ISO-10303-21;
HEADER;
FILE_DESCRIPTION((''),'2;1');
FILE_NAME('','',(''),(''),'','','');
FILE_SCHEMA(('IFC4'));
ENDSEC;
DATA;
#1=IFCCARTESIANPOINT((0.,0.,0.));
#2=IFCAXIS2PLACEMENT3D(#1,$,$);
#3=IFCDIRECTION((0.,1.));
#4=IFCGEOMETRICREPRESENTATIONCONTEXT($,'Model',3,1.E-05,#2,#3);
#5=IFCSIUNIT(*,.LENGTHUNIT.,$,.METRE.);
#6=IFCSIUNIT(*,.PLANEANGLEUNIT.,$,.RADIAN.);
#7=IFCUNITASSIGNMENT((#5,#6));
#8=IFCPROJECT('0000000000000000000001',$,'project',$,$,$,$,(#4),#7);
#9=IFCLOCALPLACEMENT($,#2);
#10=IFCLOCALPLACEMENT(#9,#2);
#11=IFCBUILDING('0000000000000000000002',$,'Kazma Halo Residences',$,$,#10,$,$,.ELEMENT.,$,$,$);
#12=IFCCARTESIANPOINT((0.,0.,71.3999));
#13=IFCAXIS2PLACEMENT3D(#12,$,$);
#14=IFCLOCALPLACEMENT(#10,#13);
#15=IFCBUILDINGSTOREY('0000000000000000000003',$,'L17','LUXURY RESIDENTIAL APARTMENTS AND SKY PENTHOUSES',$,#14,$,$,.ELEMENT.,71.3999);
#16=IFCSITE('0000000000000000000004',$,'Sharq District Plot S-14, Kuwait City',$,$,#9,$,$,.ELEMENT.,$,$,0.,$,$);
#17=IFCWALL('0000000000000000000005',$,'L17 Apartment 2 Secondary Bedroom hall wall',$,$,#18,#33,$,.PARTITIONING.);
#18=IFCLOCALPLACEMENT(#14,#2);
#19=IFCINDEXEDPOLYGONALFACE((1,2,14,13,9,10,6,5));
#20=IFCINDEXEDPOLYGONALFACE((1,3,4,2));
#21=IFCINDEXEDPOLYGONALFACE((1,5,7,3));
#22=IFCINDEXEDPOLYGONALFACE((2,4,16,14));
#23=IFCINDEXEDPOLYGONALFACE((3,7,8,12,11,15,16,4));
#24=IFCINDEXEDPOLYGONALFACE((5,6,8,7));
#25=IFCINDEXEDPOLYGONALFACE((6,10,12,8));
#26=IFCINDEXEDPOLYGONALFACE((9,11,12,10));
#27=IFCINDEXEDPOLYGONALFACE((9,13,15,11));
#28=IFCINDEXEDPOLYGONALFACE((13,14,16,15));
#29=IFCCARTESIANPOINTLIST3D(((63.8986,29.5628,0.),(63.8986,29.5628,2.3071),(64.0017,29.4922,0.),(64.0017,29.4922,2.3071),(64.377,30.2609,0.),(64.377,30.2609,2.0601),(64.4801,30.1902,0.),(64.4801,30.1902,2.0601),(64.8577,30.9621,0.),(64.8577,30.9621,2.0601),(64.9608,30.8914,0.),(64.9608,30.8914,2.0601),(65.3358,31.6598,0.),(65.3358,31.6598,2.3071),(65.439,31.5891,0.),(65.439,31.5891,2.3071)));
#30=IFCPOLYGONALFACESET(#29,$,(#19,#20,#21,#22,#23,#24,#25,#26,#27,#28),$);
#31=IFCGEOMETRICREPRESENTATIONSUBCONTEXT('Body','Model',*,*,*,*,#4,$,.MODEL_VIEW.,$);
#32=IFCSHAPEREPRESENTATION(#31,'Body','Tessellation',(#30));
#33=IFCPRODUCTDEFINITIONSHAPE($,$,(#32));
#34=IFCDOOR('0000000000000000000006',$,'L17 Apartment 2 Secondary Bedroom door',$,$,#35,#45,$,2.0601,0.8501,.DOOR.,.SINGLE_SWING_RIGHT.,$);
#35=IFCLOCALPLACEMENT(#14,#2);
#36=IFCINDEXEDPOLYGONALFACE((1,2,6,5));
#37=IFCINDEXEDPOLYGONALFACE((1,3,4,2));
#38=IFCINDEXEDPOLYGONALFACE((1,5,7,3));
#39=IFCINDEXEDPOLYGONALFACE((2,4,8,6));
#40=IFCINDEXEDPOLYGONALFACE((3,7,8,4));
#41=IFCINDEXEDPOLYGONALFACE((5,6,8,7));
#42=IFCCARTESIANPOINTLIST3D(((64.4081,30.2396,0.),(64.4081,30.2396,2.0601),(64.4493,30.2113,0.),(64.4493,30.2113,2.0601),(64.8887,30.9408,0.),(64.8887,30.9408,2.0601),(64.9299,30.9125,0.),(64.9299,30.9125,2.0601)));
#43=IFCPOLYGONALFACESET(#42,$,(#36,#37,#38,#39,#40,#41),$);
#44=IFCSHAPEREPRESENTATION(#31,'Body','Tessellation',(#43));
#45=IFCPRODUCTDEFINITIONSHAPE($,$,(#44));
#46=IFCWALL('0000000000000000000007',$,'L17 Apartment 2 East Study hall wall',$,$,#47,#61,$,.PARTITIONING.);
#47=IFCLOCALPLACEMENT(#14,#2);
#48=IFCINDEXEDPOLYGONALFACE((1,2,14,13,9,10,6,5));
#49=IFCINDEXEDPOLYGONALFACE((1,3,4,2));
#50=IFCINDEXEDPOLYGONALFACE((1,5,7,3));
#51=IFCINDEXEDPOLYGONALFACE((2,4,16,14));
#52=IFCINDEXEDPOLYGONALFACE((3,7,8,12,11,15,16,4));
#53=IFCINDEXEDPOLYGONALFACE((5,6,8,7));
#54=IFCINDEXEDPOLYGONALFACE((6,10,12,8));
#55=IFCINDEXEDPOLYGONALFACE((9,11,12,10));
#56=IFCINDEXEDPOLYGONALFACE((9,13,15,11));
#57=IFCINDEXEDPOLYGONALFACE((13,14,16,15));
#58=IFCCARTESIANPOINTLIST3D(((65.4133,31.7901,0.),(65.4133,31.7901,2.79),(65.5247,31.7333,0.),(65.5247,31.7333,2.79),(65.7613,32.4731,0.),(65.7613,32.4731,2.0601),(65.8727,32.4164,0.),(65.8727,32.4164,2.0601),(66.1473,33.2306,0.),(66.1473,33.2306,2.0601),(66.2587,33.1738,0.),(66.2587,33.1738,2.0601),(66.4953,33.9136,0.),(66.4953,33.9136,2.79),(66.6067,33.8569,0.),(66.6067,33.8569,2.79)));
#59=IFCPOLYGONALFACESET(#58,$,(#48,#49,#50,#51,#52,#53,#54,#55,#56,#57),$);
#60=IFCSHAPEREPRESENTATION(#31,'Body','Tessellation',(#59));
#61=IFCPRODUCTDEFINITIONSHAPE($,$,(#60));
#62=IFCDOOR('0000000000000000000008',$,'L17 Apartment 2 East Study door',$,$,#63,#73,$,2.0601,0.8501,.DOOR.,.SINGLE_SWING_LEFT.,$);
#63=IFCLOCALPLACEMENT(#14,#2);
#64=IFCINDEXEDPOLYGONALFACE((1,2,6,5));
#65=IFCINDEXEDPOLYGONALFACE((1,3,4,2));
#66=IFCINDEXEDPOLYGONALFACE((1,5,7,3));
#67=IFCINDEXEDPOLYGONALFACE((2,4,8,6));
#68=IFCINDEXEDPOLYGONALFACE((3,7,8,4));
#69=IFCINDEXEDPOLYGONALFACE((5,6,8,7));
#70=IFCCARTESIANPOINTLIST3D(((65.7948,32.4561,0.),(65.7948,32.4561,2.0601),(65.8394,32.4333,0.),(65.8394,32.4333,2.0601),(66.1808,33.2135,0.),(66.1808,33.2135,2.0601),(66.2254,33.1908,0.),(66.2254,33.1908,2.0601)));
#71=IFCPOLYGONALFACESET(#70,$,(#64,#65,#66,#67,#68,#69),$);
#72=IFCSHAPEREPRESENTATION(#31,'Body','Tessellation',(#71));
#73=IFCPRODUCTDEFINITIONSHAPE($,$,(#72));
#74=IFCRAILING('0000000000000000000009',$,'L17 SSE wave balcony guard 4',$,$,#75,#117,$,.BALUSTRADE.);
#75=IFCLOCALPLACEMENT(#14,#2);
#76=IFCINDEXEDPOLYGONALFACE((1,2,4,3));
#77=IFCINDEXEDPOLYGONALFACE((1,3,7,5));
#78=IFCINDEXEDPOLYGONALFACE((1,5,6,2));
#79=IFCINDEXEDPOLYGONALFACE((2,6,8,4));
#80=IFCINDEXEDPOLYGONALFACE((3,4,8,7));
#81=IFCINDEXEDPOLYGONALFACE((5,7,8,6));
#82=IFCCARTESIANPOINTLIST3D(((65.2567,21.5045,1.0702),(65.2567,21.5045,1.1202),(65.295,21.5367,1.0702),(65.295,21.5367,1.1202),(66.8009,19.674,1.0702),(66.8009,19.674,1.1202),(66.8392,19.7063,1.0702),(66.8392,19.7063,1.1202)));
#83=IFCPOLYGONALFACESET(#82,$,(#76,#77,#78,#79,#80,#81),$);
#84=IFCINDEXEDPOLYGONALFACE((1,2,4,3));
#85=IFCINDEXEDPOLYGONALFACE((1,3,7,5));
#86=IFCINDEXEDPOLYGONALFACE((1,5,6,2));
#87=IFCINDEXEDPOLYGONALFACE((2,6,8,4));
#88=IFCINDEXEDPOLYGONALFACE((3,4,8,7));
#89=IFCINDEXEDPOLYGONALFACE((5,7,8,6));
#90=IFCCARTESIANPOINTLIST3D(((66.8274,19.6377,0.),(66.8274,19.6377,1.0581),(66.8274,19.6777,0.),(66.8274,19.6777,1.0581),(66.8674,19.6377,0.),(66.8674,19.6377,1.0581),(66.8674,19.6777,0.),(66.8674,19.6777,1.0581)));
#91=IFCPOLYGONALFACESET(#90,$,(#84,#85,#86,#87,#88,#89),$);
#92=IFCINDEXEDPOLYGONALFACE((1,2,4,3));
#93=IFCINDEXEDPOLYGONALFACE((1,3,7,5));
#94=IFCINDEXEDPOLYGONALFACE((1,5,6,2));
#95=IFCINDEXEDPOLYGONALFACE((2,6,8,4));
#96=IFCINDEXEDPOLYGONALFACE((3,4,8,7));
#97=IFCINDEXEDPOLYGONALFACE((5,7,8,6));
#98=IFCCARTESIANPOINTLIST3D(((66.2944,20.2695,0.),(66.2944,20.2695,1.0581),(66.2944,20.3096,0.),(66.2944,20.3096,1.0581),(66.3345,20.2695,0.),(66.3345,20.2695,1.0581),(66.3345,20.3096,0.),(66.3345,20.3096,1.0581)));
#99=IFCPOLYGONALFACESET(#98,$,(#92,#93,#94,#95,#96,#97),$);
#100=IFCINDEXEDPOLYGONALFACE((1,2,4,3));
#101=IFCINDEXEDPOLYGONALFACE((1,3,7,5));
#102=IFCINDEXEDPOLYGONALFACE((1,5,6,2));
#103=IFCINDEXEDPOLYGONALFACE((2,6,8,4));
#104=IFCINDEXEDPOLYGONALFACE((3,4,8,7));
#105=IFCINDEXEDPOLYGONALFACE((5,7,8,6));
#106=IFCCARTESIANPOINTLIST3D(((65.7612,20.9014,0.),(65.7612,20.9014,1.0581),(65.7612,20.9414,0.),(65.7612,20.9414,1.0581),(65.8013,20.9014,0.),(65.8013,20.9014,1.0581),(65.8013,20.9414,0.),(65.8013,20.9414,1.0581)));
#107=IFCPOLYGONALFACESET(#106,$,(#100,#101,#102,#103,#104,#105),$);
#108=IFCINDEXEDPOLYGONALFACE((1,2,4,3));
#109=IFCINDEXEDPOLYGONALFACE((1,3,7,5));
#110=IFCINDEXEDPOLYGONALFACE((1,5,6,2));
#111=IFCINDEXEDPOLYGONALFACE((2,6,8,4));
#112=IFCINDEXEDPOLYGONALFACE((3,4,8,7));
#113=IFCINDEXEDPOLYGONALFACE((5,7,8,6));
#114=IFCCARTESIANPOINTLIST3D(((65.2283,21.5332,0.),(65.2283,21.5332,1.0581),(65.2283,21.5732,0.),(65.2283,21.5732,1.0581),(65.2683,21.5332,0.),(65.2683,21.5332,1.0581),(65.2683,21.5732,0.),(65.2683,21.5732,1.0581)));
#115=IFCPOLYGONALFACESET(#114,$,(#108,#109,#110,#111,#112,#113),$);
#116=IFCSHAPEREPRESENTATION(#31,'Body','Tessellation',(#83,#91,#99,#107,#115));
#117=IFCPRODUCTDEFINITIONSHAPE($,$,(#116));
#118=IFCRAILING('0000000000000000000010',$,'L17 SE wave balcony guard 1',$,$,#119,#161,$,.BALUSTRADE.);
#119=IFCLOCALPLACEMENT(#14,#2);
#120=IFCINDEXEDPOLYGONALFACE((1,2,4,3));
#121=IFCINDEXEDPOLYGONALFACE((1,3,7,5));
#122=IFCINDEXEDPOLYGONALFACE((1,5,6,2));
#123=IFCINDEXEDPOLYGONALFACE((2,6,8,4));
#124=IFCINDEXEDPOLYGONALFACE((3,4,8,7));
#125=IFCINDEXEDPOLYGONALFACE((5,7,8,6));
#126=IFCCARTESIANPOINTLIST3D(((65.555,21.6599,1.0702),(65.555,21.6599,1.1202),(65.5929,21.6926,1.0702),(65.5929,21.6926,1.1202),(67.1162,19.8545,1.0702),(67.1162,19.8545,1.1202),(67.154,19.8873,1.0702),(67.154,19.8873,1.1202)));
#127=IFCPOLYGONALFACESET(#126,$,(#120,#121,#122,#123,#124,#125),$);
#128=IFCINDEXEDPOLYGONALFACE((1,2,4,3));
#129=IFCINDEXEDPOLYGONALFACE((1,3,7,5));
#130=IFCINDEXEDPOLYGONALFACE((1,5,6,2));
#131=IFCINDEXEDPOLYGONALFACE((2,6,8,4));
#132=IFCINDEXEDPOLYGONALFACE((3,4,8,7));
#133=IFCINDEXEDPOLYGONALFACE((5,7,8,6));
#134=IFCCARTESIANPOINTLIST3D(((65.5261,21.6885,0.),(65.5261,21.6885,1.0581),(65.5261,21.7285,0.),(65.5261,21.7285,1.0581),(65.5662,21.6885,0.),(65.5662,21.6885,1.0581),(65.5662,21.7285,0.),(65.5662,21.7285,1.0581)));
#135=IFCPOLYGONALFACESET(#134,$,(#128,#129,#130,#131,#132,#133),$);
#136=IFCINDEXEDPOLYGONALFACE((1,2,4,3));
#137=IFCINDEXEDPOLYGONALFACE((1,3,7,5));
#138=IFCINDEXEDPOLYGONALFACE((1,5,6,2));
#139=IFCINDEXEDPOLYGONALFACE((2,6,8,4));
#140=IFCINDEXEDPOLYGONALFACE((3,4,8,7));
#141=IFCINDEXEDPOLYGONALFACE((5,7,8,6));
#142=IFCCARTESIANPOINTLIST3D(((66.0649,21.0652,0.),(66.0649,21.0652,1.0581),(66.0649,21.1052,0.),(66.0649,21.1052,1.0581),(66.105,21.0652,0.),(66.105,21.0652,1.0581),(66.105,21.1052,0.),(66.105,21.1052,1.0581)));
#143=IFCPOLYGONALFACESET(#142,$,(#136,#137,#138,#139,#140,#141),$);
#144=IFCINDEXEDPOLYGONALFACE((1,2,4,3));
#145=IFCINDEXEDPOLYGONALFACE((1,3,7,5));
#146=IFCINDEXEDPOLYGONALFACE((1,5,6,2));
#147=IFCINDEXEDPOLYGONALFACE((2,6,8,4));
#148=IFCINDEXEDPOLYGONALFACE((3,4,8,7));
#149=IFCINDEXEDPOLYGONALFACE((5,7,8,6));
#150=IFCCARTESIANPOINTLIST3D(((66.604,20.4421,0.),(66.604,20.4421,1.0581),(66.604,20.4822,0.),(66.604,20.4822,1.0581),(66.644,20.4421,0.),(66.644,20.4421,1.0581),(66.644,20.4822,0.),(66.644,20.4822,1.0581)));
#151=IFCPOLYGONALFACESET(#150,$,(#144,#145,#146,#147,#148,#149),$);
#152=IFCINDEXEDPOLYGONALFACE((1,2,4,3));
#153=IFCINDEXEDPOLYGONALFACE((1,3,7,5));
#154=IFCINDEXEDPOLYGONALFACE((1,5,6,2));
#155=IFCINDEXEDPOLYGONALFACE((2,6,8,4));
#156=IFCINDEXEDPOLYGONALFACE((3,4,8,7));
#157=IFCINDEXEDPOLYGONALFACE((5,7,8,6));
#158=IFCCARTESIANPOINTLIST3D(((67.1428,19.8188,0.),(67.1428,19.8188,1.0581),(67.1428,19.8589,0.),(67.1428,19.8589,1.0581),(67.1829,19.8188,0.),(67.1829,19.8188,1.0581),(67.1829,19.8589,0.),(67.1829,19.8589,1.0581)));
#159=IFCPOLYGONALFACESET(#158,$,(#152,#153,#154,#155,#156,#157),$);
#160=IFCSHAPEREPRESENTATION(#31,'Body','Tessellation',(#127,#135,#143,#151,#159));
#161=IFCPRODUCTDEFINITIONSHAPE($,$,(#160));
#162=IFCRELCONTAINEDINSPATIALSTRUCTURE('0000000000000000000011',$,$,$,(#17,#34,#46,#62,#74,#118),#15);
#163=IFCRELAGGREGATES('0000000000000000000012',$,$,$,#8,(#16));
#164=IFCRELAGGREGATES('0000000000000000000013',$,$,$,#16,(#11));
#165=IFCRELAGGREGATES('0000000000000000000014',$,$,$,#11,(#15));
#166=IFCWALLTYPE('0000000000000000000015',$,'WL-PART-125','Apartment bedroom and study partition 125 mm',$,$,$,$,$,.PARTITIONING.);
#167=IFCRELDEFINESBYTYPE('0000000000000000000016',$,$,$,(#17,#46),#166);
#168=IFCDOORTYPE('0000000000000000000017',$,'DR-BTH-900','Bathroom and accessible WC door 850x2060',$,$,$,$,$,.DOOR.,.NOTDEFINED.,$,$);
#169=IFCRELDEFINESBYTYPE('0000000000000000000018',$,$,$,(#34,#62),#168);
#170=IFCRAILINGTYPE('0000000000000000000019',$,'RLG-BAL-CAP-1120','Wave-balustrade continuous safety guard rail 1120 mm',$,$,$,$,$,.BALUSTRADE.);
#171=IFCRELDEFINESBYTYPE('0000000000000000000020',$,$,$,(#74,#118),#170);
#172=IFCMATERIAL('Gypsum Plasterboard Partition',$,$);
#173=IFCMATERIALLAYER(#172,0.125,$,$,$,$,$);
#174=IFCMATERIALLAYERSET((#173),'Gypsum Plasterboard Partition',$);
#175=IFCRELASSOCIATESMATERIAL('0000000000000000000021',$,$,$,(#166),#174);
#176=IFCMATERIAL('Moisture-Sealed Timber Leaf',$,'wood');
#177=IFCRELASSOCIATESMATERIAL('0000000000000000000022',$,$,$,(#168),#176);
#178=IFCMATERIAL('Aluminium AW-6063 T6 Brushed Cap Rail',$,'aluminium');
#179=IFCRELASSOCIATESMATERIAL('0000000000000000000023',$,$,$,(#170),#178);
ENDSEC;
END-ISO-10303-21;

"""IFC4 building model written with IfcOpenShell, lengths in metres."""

from ifc_helpers import new_model, si_unit, direction, frame, frame_2d, origin, origin_2d, place, context, subcontext, project, spatial, rectangle, extrude, material, layer, layer_set, type_object, element, fill, save


model = new_model("IFC4")

# Units and contexts
model_context = context("Model", 3, precision=1e-05, world=origin(), true_north=direction((0.0, 1.0)))
body_context = subcontext(model_context, "Body", "Model", "MODEL_VIEW")
ifc_project = project(units=[si_unit("LENGTHUNIT", "METRE"), si_unit("PLANEANGLEUNIT", "RADIAN")], contexts=[model_context])

# Site, building, storey
site_placement = place(None, origin())
site = spatial("IfcSite", under=ifc_project, at=site_placement, Name="Sharq District Plot S-14, Kuwait City", CompositionType="ELEMENT", RefElevation=0.0)
building_placement = place(site_placement, origin())
building = spatial("IfcBuilding", under=site, at=building_placement, Name="Kazma Halo Residences", CompositionType="ELEMENT")
storey_placement = place(building_placement, frame((0.0, 0.0, 71.3999)))
storey = spatial("IfcBuildingStorey", under=building, at=storey_placement, Name="L17", Description="LUXURY RESIDENTIAL APARTMENTS AND SKY PENTHOUSES", CompositionType="ELEMENT", Elevation=71.3999)

# Shared definitions
ifc_material_1 = material(Name="Gypsum Plasterboard Partition")
ifc_layer_1 = layer(ifc_material_1, 0.125)
ifc_layer_set_1 = layer_set([ifc_layer_1], Name="Gypsum Plasterboard Partition")
wall_type_1 = type_object("IfcWallType", Name="WL-PART-125", Description="Apartment bedroom and study partition 125 mm", PredefinedType="PARTITIONING", material=ifc_layer_set_1)

# Walls, openings, doors
wall_1_placement = place(storey_placement, frame((63.9502, 29.5276, 0.0), z_axis=(0.0, 0.0, 1.0), x_axis=(0.565359, 0.824845, 0.0)))
wall_1 = element("IfcWall", 1, at=wall_1_placement, inside=storey, type_object=wall_type_1, Name="L17 Apartment 2 Secondary Bedroom hall wall", PredefinedType="PARTITIONING", context=body_context, shape_type="SweptSolid", body=[
    extrude(rectangle(XDim=2.5422, YDim=0.125, at=frame_2d((1.271, 0.0))), origin(), (0.0, 0.0, 1.0), 2.3071),
])
opening_1_placement = place(wall_1_placement, frame((0.8462, 0.0, 0.0)))
opening_1 = element("IfcOpeningElement", 2, at=opening_1_placement, cuts=wall_1, PredefinedType="OPENING", context=body_context, shape_type="SweptSolid", body=[
    extrude(rectangle(XDim=0.8501, YDim=2.0601, at=frame_2d((0.425, 1.03))), frame((0.0, 0.0725, 0.0), z_axis=(0.0, -1.0, 0.0), x_axis=(1.0, 0.0, 0.0)), (0.0, 0.0, 1.0), 0.145),
])
ifc_material_2 = material(Name="Moisture-Sealed Timber Leaf", Category="wood")
door_type_1 = type_object("IfcDoorType", Name="DR-BTH-900", Description="Bathroom and accessible WC door 850x2060", OperationType="NOTDEFINED", PredefinedType="DOOR", material=ifc_material_2)
door_1_placement = place(opening_1_placement, origin())
door_1 = element("IfcDoor", 3, at=door_1_placement, inside=storey, type_object=door_type_1, Name="L17 Apartment 2 Secondary Bedroom door", OperationType="SINGLE_SWING_RIGHT", OverallHeight=2.0601, OverallWidth=0.8501, PredefinedType="DOOR", context=body_context, shape_type="SweptSolid", body=[
    extrude(rectangle(XDim=0.8501, YDim=2.0601, at=frame_2d((0.425, 1.03))), frame((0.0, 0.0249, 0.0), z_axis=(0.0, -1.0, 0.0), x_axis=(1.0, 0.0, 0.0)), (0.0, 0.0, 1.0), 0.05),
])
fill(opening_1, door_1)
wall_2_placement = place(storey_placement, frame((65.469, 31.7617, 0.0), z_axis=(0.0, 0.0, 1.0), x_axis=(0.454003, 0.891, 0.0)))
wall_2 = element("IfcWall", 4, at=wall_2_placement, inside=storey, type_object=wall_type_1, Name="L17 Apartment 2 East Study hall wall", PredefinedType="PARTITIONING", context=body_context, shape_type="SweptSolid", body=[
    extrude(rectangle(XDim=2.3833, YDim=0.125, at=frame_2d((1.1917, 0.0))), origin(), (0.0, 0.0, 1.0), 2.79),
])
opening_2_placement = place(wall_2_placement, frame((0.7666, 0.0, 0.0)))
opening_2 = element("IfcOpeningElement", 5, at=opening_2_placement, cuts=wall_2, PredefinedType="OPENING", context=body_context, shape_type="SweptSolid", body=[
    extrude(rectangle(XDim=0.8501, YDim=2.0601, at=frame_2d((0.425, 1.03))), frame((0.0, 0.0725, 0.0), z_axis=(0.0, -1.0, 0.0), x_axis=(1.0, 0.0, 0.0)), (0.0, 0.0, 1.0), 0.145),
])
door_2_placement = place(opening_2_placement, origin())
door_2 = element("IfcDoor", 6, at=door_2_placement, inside=storey, type_object=door_type_1, Name="L17 Apartment 2 East Study door", OperationType="SINGLE_SWING_LEFT", OverallHeight=2.0601, OverallWidth=0.8501, PredefinedType="DOOR", context=body_context, shape_type="SweptSolid", body=[
    extrude(rectangle(XDim=0.8501, YDim=2.0601, at=frame_2d((0.425, 1.03))), frame((0.0, 0.0249, 0.0), z_axis=(0.0, -1.0, 0.0), x_axis=(1.0, 0.0, 0.0)), (0.0, 0.0, 1.0), 0.05),
])
fill(opening_2, door_2)

# Railings
ifc_material_3 = material(Name="Aluminium AW-6063 T6 Brushed Cap Rail", Category="aluminium")
railing_type = type_object("IfcRailingType", Name="RLG-BAL-CAP-1120", Description="Wave-balustrade continuous safety guard rail 1120 mm", PredefinedType="BALUSTRADE", material=ifc_material_3)
railing_1_placement = place(storey_placement, frame((66.8474, 19.6577, 0.0)))
element("IfcRailing", 7, at=railing_1_placement, inside=storey, type_object=railing_type, Name="L17 SSE wave balcony guard 4", PredefinedType="BALUSTRADE", context=body_context, shape_type="SweptSolid", body=[
    extrude(rectangle(XDim=0.05, YDim=0.05, at=origin_2d()), frame((-0.0273, 0.0325, 1.0952), z_axis=(-0.644821, 0.764334, 0.0), x_axis=(-0.764334, -0.644821, 0.0)), (0.0, 0.0, 1.0), 2.3948),
    extrude(rectangle(XDim=0.04, YDim=0.04, at=origin_2d()), origin(), (0.0, 0.0, 1.0), 1.0581),
    extrude(rectangle(XDim=0.04, YDim=0.04, at=origin_2d()), frame((-0.533, 0.6318, 0.0)), (0.0, 0.0, 1.0), 1.0581),
    extrude(rectangle(XDim=0.04, YDim=0.04, at=origin_2d()), frame((-1.0662, 1.2637, 0.0)), (0.0, 0.0, 1.0), 1.0581),
    extrude(rectangle(XDim=0.04, YDim=0.04, at=origin_2d()), frame((-1.5991, 1.8955, 0.0)), (0.0, 0.0, 1.0), 1.0581),
])
railing_2_placement = place(storey_placement, frame((65.5461, 21.7085, 0.0)))
element("IfcRailing", 8, at=railing_2_placement, inside=storey, type_object=railing_type, Name="L17 SE wave balcony guard 1", PredefinedType="BALUSTRADE", context=body_context, shape_type="SweptSolid", body=[
    extrude(rectangle(XDim=0.05, YDim=0.05, at=origin_2d()), frame((0.0278, -0.0322, 1.0952), z_axis=(0.654088, -0.756419, 0.0), x_axis=(0.756419, 0.654088, 0.0)), (0.0, 0.0, 1.0), 2.3867),
    extrude(rectangle(XDim=0.04, YDim=0.04, at=origin_2d()), origin(), (0.0, 0.0, 1.0), 1.0581),
    extrude(rectangle(XDim=0.04, YDim=0.04, at=origin_2d()), frame((0.5388, -0.6233, 0.0)), (0.0, 0.0, 1.0), 1.0581),
    extrude(rectangle(XDim=0.04, YDim=0.04, at=origin_2d()), frame((1.0779, -1.2463, 0.0)), (0.0, 0.0, 1.0), 1.0581),
    extrude(rectangle(XDim=0.04, YDim=0.04, at=origin_2d()), frame((1.6167, -1.8696, 0.0)), (0.0, 0.0, 1.0), 1.0581),
])

save(model, "model.ifc")
